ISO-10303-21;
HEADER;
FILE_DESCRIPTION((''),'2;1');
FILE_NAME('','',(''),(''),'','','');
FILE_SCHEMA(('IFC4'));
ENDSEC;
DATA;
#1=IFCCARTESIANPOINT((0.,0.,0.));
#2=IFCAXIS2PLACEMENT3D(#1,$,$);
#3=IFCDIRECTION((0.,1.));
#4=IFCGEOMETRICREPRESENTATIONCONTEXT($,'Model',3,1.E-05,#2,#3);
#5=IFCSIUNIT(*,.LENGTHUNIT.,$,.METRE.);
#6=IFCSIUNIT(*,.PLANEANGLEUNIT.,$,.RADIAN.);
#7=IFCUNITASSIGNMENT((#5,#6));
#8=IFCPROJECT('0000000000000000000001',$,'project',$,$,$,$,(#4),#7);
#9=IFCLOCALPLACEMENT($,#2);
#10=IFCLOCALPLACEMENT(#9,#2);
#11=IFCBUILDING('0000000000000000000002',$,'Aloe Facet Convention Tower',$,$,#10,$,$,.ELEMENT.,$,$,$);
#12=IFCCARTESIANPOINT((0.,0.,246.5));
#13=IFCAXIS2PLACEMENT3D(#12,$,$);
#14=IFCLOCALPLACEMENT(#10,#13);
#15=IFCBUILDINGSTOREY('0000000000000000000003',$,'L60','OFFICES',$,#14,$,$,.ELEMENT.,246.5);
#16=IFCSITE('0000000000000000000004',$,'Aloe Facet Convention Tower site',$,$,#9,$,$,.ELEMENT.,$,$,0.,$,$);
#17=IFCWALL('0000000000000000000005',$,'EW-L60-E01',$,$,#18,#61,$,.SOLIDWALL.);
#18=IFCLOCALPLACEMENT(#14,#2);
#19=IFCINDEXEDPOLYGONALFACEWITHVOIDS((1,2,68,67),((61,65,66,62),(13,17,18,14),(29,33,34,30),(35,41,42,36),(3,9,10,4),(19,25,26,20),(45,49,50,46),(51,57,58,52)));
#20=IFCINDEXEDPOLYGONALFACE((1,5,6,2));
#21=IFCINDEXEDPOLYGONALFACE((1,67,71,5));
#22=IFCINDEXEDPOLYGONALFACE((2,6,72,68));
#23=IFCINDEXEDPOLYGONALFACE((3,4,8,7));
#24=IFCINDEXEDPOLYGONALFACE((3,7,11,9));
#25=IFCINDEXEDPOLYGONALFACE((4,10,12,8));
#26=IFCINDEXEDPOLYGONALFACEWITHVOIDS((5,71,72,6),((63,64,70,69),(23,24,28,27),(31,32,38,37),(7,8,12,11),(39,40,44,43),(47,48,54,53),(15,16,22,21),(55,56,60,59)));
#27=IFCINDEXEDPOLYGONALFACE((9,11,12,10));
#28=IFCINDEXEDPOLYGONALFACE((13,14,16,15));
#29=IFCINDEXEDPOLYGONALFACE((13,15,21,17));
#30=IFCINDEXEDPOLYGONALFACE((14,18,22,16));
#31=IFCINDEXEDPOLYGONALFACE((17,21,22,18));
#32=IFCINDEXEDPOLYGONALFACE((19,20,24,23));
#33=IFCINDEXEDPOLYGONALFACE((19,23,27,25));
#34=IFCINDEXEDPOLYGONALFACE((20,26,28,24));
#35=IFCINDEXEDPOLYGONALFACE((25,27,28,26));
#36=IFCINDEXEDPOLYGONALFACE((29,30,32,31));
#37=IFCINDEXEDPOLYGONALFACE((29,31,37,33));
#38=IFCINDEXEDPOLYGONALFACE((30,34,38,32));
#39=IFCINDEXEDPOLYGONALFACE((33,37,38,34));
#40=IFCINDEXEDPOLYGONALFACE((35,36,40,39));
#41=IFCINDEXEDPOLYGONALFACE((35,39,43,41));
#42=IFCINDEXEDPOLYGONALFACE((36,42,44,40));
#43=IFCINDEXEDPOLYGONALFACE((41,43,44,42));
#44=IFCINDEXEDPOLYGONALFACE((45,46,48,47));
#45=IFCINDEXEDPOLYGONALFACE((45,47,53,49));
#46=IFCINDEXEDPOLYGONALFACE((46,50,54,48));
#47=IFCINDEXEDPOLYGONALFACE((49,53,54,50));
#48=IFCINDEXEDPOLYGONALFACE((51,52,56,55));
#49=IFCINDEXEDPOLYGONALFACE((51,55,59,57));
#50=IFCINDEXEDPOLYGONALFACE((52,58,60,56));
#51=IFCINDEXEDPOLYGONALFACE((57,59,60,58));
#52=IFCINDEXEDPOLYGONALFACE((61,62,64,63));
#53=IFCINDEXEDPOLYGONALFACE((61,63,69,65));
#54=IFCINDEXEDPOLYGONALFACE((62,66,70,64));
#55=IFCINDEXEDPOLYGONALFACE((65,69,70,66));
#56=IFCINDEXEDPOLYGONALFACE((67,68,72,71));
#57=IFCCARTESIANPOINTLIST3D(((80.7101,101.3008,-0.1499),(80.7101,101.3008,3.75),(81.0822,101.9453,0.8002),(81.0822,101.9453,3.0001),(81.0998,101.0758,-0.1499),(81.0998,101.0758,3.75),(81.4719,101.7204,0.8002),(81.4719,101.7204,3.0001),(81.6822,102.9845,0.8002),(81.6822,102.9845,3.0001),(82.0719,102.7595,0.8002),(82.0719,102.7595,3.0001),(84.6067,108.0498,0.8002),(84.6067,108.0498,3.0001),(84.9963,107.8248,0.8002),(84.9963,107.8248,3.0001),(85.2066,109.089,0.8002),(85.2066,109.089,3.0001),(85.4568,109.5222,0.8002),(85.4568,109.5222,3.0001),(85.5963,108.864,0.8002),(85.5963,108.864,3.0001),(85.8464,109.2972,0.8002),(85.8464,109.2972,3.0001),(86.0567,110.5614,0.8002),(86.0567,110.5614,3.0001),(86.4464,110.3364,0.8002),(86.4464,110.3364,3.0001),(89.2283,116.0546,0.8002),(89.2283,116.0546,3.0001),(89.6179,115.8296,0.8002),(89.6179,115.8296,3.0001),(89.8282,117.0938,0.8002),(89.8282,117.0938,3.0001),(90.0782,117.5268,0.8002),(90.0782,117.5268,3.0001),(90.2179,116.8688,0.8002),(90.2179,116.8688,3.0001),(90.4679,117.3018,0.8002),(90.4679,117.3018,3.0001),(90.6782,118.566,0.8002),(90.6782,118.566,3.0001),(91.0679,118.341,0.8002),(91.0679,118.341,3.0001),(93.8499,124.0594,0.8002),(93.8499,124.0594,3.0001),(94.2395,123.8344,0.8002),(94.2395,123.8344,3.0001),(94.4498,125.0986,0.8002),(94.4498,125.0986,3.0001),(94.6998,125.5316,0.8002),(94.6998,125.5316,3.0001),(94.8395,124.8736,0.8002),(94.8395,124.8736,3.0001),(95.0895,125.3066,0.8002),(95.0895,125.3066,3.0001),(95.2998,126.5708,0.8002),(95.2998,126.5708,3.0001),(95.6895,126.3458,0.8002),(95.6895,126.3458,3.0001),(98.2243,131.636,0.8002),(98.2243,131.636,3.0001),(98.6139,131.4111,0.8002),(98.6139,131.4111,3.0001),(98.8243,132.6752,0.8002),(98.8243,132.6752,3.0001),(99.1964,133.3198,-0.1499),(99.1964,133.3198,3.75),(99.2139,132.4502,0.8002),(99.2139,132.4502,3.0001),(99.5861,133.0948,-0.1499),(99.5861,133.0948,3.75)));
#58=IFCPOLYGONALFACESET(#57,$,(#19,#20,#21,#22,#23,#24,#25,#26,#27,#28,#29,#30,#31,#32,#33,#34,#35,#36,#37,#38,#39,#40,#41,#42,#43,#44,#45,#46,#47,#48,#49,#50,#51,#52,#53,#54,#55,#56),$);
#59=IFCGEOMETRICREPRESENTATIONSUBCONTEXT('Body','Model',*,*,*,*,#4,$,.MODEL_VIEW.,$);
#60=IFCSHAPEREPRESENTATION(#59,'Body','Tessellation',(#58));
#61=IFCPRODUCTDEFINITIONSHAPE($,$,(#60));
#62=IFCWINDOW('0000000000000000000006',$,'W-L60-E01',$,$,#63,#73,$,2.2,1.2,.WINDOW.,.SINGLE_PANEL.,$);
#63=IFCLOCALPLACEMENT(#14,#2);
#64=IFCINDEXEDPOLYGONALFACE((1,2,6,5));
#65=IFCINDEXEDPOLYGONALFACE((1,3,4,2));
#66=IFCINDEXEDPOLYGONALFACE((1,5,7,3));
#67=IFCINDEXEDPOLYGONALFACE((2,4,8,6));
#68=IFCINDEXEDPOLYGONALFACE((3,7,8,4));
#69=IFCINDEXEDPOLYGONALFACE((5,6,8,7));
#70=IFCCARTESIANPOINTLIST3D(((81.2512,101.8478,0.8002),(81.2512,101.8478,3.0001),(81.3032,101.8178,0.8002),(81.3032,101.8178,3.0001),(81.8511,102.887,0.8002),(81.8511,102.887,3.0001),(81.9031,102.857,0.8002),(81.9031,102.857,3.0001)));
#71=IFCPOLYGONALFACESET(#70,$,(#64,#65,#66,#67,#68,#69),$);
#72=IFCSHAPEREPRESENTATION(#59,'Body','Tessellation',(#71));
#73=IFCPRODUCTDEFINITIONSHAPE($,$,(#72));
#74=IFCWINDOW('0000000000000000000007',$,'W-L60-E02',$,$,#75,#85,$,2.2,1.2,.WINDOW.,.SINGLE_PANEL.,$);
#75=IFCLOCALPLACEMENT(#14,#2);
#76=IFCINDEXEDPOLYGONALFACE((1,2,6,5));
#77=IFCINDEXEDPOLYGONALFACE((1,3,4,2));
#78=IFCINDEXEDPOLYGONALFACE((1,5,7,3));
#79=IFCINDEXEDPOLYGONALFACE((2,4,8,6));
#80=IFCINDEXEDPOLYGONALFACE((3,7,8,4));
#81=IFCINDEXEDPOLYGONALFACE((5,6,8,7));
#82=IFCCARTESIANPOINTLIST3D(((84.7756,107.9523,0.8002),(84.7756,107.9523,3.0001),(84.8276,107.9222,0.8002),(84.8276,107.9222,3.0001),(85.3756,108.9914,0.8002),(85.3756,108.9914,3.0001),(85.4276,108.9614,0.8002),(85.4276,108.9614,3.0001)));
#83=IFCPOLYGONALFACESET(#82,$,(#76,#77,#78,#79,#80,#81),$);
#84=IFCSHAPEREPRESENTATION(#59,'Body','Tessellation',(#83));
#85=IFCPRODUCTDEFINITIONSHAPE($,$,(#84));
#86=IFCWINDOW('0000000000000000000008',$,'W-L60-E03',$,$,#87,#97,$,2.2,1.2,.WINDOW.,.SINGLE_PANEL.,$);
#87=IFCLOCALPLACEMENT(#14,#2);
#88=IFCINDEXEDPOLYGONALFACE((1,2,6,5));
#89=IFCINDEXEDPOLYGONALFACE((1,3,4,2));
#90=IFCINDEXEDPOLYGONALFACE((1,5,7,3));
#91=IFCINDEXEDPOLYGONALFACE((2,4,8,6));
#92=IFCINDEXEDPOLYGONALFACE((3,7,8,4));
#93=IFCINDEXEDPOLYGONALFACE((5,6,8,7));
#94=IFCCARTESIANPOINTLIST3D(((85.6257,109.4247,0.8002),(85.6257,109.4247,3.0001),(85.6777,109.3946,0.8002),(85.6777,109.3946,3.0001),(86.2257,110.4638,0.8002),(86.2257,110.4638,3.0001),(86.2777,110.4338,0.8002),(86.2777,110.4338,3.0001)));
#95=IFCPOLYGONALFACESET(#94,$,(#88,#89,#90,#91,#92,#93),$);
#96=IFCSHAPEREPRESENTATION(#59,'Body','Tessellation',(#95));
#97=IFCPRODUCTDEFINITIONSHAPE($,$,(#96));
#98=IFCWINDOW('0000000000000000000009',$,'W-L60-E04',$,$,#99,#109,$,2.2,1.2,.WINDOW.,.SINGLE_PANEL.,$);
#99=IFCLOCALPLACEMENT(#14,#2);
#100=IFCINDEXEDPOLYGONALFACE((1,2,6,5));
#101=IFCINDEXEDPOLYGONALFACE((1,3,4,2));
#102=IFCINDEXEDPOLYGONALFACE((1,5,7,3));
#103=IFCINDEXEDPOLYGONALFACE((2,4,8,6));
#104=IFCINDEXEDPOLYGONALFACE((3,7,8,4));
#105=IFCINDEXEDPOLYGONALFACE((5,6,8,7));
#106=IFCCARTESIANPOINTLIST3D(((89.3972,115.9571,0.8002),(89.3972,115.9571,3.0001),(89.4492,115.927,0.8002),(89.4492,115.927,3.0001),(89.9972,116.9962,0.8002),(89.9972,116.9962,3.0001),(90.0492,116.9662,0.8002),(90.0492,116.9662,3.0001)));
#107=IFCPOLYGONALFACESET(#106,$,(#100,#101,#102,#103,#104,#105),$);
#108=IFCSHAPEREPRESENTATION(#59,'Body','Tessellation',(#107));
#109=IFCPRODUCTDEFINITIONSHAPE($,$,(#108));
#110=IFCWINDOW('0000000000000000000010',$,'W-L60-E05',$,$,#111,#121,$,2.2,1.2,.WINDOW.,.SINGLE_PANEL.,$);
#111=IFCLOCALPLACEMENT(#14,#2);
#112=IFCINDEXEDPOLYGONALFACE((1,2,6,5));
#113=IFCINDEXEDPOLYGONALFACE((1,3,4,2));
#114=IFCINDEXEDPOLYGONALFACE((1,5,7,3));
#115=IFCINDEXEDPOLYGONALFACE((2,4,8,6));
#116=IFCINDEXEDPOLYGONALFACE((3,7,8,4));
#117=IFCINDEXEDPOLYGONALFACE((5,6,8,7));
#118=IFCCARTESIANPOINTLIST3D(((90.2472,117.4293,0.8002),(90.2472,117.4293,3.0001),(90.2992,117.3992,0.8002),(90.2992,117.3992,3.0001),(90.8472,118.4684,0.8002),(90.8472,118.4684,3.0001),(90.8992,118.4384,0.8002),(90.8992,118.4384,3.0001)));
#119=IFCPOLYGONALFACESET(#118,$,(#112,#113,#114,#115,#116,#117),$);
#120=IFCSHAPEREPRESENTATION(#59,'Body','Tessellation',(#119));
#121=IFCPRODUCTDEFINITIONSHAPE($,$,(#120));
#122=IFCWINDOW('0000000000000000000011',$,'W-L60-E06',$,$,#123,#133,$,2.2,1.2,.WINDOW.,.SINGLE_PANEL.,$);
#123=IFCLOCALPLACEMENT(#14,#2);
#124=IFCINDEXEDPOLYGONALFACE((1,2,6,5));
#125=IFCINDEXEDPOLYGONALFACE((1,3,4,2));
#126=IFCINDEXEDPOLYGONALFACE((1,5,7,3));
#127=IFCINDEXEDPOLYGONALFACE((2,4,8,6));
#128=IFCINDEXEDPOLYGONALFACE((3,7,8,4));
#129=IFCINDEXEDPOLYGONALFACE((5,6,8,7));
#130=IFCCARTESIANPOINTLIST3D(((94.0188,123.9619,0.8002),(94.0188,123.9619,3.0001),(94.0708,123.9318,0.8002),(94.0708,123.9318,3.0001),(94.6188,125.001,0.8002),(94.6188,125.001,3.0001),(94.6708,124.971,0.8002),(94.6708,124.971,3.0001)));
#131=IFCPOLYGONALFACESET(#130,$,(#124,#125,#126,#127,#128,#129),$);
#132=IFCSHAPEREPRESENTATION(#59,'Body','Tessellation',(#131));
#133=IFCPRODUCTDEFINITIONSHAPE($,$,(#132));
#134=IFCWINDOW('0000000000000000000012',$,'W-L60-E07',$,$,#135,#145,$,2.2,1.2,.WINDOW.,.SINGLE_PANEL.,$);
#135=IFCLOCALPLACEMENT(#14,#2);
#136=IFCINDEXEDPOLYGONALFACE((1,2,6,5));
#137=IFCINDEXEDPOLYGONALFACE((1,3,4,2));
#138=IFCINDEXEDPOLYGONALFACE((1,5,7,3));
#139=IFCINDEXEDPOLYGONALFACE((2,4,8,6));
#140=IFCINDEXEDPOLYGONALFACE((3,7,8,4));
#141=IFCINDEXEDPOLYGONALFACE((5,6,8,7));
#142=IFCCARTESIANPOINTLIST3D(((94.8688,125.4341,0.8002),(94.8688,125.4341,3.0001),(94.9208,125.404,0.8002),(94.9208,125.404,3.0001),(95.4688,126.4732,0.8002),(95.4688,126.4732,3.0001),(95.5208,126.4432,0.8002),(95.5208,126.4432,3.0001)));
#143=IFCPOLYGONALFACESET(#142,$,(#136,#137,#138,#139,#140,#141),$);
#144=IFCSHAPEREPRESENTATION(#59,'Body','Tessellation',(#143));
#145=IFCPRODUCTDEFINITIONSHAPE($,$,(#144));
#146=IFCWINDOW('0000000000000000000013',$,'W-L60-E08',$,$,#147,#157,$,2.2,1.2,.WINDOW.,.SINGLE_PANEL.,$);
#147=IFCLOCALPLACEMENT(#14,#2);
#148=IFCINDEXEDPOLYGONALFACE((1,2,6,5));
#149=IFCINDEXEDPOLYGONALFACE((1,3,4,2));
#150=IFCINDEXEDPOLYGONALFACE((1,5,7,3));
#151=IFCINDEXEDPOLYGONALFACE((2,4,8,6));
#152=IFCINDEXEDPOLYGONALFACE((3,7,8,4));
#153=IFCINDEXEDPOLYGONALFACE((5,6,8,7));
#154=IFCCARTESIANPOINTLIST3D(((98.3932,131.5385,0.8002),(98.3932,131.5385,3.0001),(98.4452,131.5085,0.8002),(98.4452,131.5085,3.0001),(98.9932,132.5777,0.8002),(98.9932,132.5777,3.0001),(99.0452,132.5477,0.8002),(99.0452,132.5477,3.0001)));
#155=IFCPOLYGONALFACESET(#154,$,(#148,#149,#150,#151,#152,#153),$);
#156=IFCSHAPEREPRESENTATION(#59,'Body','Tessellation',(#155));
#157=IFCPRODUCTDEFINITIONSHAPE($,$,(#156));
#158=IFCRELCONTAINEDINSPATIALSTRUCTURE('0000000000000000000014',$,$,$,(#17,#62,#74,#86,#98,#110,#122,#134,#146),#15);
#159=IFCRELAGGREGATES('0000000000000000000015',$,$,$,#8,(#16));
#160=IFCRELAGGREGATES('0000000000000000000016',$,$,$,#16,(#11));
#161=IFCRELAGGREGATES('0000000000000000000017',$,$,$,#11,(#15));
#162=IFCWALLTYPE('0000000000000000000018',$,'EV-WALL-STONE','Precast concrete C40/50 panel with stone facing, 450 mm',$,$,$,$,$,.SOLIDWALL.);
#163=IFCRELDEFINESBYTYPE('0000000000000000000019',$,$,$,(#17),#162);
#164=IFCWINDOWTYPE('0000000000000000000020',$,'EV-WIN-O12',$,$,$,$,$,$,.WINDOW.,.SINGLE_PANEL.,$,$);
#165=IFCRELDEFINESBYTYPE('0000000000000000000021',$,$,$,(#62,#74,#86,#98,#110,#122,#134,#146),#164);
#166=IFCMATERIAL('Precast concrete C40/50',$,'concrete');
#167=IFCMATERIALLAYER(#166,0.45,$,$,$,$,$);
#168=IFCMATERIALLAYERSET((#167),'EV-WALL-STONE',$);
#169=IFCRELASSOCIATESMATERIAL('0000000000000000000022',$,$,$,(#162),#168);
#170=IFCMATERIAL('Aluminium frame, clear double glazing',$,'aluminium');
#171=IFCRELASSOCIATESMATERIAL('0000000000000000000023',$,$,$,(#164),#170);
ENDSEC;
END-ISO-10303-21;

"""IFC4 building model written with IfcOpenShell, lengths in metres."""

from ifc_helpers import new_model, si_unit, direction, frame, frame_2d, origin, place, context, subcontext, project, spatial, polyline, rectangle, outline, extrude, material, layer, layer_set, type_object, element, fill, save


model = new_model("IFC4")

# Units and contexts
model_context = context("Model", 3, precision=1e-05, world=origin(), true_north=direction((0.0, 1.0)))
body_context = subcontext(model_context, "Body", "Model", "MODEL_VIEW")
ifc_project = project(units=[si_unit("LENGTHUNIT", "METRE"), si_unit("PLANEANGLEUNIT", "RADIAN")], contexts=[model_context])

# Site, building, storey
site_placement = place(None, origin())
site = spatial("IfcSite", under=ifc_project, at=site_placement, Name="Aloe Facet Convention Tower site", CompositionType="ELEMENT", RefElevation=0.0)
building_placement = place(site_placement, origin())
building = spatial("IfcBuilding", under=site, at=building_placement, Name="Aloe Facet Convention Tower", CompositionType="ELEMENT")
storey_placement = place(building_placement, frame((0.0, 0.0, 246.5)))
storey = spatial("IfcBuildingStorey", under=building, at=storey_placement, Name="L60", Description="OFFICES", CompositionType="ELEMENT", Elevation=246.5)

# Wall, openings, windows
ifc_material_1 = material(Name="Precast concrete C40/50", Category="concrete")
ifc_layer_1 = layer(ifc_material_1, 0.45)
ifc_layer_set_1 = layer_set([ifc_layer_1], Name="EV-WALL-STONE")
wall_type_1 = type_object("IfcWallType", Name="EV-WALL-STONE", Description="Precast concrete C40/50 panel with stone facing, 450 mm", PredefinedType="SOLIDWALL", material=ifc_layer_set_1)
wall_1_placement = place(storey_placement, frame((80.905, 101.1882, -0.1499), z_axis=(0.0, 0.0, 1.0), x_axis=(0.500003, 0.866024, 0.0)))
wall_1 = element("IfcWall", 1, at=wall_1_placement, inside=storey, type_object=wall_type_1, Name="EW-L60-E01", PredefinedType="SOLIDWALL", context=body_context, shape_type="SweptSolid", body=[
    extrude(outline(polyline([(36.9724, 0.0), (36.9724, 3.8999), (0.0, 3.8999), (0.0, 0.0), (36.9724, 0.0)])), frame((0.0, 0.2251, 0.0), z_axis=(0.0, -1.0, 0.0), x_axis=(1.0, 0.0, 0.0)), (0.0, 0.0, 1.0), 0.45),
])
opening_1_placement = place(wall_1_placement, frame((0.7441, 0.0, 0.95)))
opening_1 = element("IfcOpeningElement", 2, at=opening_1_placement, cuts=wall_1, PredefinedType="OPENING", context=body_context, shape_type="SweptSolid", body=[
    extrude(rectangle(XDim=1.2, YDim=2.2, at=frame_2d((0.6001, 1.1001))), frame((0.0, 0.2349, 0.0), z_axis=(0.0, -1.0, 0.0), x_axis=(1.0, 0.0, 0.0)), (0.0, 0.0, 1.0), 0.47),
])
opening_2_placement = place(wall_1_placement, frame((7.793, 0.0, 0.95)))
opening_2 = element("IfcOpeningElement", 3, at=opening_2_placement, cuts=wall_1, PredefinedType="OPENING", context=body_context, shape_type="SweptSolid", body=[
    extrude(rectangle(XDim=1.2, YDim=2.2, at=frame_2d((0.6001, 1.1001))), frame((0.0, 0.2349, 0.0), z_axis=(0.0, -1.0, 0.0), x_axis=(1.0, 0.0, 0.0)), (0.0, 0.0, 1.0), 0.47),
])
opening_3_placement = place(wall_1_placement, frame((9.4932, 0.0, 0.95)))
opening_3 = element("IfcOpeningElement", 4, at=opening_3_placement, cuts=wall_1, PredefinedType="OPENING", context=body_context, shape_type="SweptSolid", body=[
    extrude(rectangle(XDim=1.2, YDim=2.2, at=frame_2d((0.6001, 1.1001))), frame((0.0, 0.2349, 0.0), z_axis=(0.0, -1.0, 0.0), x_axis=(1.0, 0.0, 0.0)), (0.0, 0.0, 1.0), 0.47),
])
opening_4_placement = place(wall_1_placement, frame((17.0361, 0.0, 0.95)))
opening_4 = element("IfcOpeningElement", 5, at=opening_4_placement, cuts=wall_1, PredefinedType="OPENING", context=body_context, shape_type="SweptSolid", body=[
    extrude(rectangle(XDim=1.2, YDim=2.2, at=frame_2d((0.6001, 1.1001))), frame((0.0, 0.2349, 0.0), z_axis=(0.0, -1.0, 0.0), x_axis=(1.0, 0.0, 0.0)), (0.0, 0.0, 1.0), 0.47),
])
opening_5_placement = place(wall_1_placement, frame((18.7361, 0.0, 0.95)))
opening_5 = element("IfcOpeningElement", 6, at=opening_5_placement, cuts=wall_1, PredefinedType="OPENING", context=body_context, shape_type="SweptSolid", body=[
    extrude(rectangle(XDim=1.2, YDim=2.2, at=frame_2d((0.6001, 1.1001))), frame((0.0, 0.2349, 0.0), z_axis=(0.0, -1.0, 0.0), x_axis=(1.0, 0.0, 0.0)), (0.0, 0.0, 1.0), 0.47),
])
opening_6_placement = place(wall_1_placement, frame((26.2793, 0.0, 0.95)))
opening_6 = element("IfcOpeningElement", 7, at=opening_6_placement, cuts=wall_1, PredefinedType="OPENING", context=body_context, shape_type="SweptSolid", body=[
    extrude(rectangle(XDim=1.2, YDim=2.2, at=frame_2d((0.6001, 1.1001))), frame((0.0, 0.2349, 0.0), z_axis=(0.0, -1.0, 0.0), x_axis=(1.0, 0.0, 0.0)), (0.0, 0.0, 1.0), 0.47),
])
opening_7_placement = place(wall_1_placement, frame((27.9792, 0.0, 0.95)))
opening_7 = element("IfcOpeningElement", 8, at=opening_7_placement, cuts=wall_1, PredefinedType="OPENING", context=body_context, shape_type="SweptSolid", body=[
    extrude(rectangle(XDim=1.2, YDim=2.2, at=frame_2d((0.6001, 1.1001))), frame((0.0, 0.2349, 0.0), z_axis=(0.0, -1.0, 0.0), x_axis=(1.0, 0.0, 0.0)), (0.0, 0.0, 1.0), 0.47),
])
opening_8_placement = place(wall_1_placement, frame((35.0281, 0.0, 0.95)))
opening_8 = element("IfcOpeningElement", 9, at=opening_8_placement, cuts=wall_1, PredefinedType="OPENING", context=body_context, shape_type="SweptSolid", body=[
    extrude(rectangle(XDim=1.2, YDim=2.2, at=frame_2d((0.6001, 1.1001))), frame((0.0, 0.2349, 0.0), z_axis=(0.0, -1.0, 0.0), x_axis=(1.0, 0.0, 0.0)), (0.0, 0.0, 1.0), 0.47),
])
ifc_material_2 = material(Name="Aluminium frame, clear double glazing", Category="aluminium")
window_type = type_object("IfcWindowType", Name="EV-WIN-O12", PartitioningType="SINGLE_PANEL", PredefinedType="WINDOW", material=ifc_material_2)
window_1_placement = place(opening_1_placement, origin())
window_1 = element("IfcWindow", 10, at=window_1_placement, inside=storey, type_object=window_type, Name="W-L60-E01", OverallHeight=2.2, OverallWidth=1.2, PartitioningType="SINGLE_PANEL", PredefinedType="WINDOW", context=body_context, shape_type="SweptSolid", body=[
    extrude(rectangle(XDim=1.2, YDim=2.2, at=frame_2d((0.6001, 1.1001))), frame((0.0, 0.03, 0.0), z_axis=(0.0, -1.0, 0.0), x_axis=(1.0, 0.0, 0.0)), (0.0, 0.0, 1.0), 0.0601),
])
fill(opening_1, window_1)
window_2_placement = place(opening_2_placement, origin())
window_2 = element("IfcWindow", 11, at=window_2_placement, inside=storey, type_object=window_type, Name="W-L60-E02", OverallHeight=2.2, OverallWidth=1.2, PartitioningType="SINGLE_PANEL", PredefinedType="WINDOW", context=body_context, shape_type="SweptSolid", body=[
    extrude(rectangle(XDim=1.2, YDim=2.2, at=frame_2d((0.6001, 1.1001))), frame((0.0, 0.03, 0.0), z_axis=(0.0, -1.0, 0.0), x_axis=(1.0, 0.0, 0.0)), (0.0, 0.0, 1.0), 0.0601),
])
fill(opening_2, window_2)
window_3_placement = place(opening_3_placement, origin())
window_3 = element("IfcWindow", 12, at=window_3_placement, inside=storey, type_object=window_type, Name="W-L60-E03", OverallHeight=2.2, OverallWidth=1.2, PartitioningType="SINGLE_PANEL", PredefinedType="WINDOW", context=body_context, shape_type="SweptSolid", body=[
    extrude(rectangle(XDim=1.2, YDim=2.2, at=frame_2d((0.6001, 1.1001))), frame((0.0, 0.03, 0.0), z_axis=(0.0, -1.0, 0.0), x_axis=(1.0, 0.0, 0.0)), (0.0, 0.0, 1.0), 0.0601),
])
fill(opening_3, window_3)
window_4_placement = place(opening_4_placement, origin())
window_4 = element("IfcWindow", 13, at=window_4_placement, inside=storey, type_object=window_type, Name="W-L60-E04", OverallHeight=2.2, OverallWidth=1.2, PartitioningType="SINGLE_PANEL", PredefinedType="WINDOW", context=body_context, shape_type="SweptSolid", body=[
    extrude(rectangle(XDim=1.2, YDim=2.2, at=frame_2d((0.6001, 1.1001))), frame((0.0, 0.03, 0.0), z_axis=(0.0, -1.0, 0.0), x_axis=(1.0, 0.0, 0.0)), (0.0, 0.0, 1.0), 0.0601),
])
fill(opening_4, window_4)
window_5_placement = place(opening_5_placement, origin())
window_5 = element("IfcWindow", 14, at=window_5_placement, inside=storey, type_object=window_type, Name="W-L60-E05", OverallHeight=2.2, OverallWidth=1.2, PartitioningType="SINGLE_PANEL", PredefinedType="WINDOW", context=body_context, shape_type="SweptSolid", body=[
    extrude(rectangle(XDim=1.2, YDim=2.2, at=frame_2d((0.6001, 1.1001))), frame((0.0, 0.03, 0.0), z_axis=(0.0, -1.0, 0.0), x_axis=(1.0, 0.0, 0.0)), (0.0, 0.0, 1.0), 0.0601),
])
fill(opening_5, window_5)
window_6_placement = place(opening_6_placement, origin())
window_6 = element("IfcWindow", 15, at=window_6_placement, inside=storey, type_object=window_type, Name="W-L60-E06", OverallHeight=2.2, OverallWidth=1.2, PartitioningType="SINGLE_PANEL", PredefinedType="WINDOW", context=body_context, shape_type="SweptSolid", body=[
    extrude(rectangle(XDim=1.2, YDim=2.2, at=frame_2d((0.6001, 1.1001))), frame((0.0, 0.03, 0.0), z_axis=(0.0, -1.0, 0.0), x_axis=(1.0, 0.0, 0.0)), (0.0, 0.0, 1.0), 0.0601),
])
fill(opening_6, window_6)
window_7_placement = place(opening_7_placement, origin())
window_7 = element("IfcWindow", 16, at=window_7_placement, inside=storey, type_object=window_type, Name="W-L60-E07", OverallHeight=2.2, OverallWidth=1.2, PartitioningType="SINGLE_PANEL", PredefinedType="WINDOW", context=body_context, shape_type="SweptSolid", body=[
    extrude(rectangle(XDim=1.2, YDim=2.2, at=frame_2d((0.6001, 1.1001))), frame((0.0, 0.03, 0.0), z_axis=(0.0, -1.0, 0.0), x_axis=(1.0, 0.0, 0.0)), (0.0, 0.0, 1.0), 0.0601),
])
fill(opening_7, window_7)
window_8_placement = place(opening_8_placement, origin())
window_8 = element("IfcWindow", 17, at=window_8_placement, inside=storey, type_object=window_type, Name="W-L60-E08", OverallHeight=2.2, OverallWidth=1.2, PartitioningType="SINGLE_PANEL", PredefinedType="WINDOW", context=body_context, shape_type="SweptSolid", body=[
    extrude(rectangle(XDim=1.2, YDim=2.2, at=frame_2d((0.6001, 1.1001))), frame((0.0, 0.03, 0.0), z_axis=(0.0, -1.0, 0.0), x_axis=(1.0, 0.0, 0.0)), (0.0, 0.0, 1.0), 0.0601),
])
fill(opening_8, window_8)

save(model, "model.ifc")
